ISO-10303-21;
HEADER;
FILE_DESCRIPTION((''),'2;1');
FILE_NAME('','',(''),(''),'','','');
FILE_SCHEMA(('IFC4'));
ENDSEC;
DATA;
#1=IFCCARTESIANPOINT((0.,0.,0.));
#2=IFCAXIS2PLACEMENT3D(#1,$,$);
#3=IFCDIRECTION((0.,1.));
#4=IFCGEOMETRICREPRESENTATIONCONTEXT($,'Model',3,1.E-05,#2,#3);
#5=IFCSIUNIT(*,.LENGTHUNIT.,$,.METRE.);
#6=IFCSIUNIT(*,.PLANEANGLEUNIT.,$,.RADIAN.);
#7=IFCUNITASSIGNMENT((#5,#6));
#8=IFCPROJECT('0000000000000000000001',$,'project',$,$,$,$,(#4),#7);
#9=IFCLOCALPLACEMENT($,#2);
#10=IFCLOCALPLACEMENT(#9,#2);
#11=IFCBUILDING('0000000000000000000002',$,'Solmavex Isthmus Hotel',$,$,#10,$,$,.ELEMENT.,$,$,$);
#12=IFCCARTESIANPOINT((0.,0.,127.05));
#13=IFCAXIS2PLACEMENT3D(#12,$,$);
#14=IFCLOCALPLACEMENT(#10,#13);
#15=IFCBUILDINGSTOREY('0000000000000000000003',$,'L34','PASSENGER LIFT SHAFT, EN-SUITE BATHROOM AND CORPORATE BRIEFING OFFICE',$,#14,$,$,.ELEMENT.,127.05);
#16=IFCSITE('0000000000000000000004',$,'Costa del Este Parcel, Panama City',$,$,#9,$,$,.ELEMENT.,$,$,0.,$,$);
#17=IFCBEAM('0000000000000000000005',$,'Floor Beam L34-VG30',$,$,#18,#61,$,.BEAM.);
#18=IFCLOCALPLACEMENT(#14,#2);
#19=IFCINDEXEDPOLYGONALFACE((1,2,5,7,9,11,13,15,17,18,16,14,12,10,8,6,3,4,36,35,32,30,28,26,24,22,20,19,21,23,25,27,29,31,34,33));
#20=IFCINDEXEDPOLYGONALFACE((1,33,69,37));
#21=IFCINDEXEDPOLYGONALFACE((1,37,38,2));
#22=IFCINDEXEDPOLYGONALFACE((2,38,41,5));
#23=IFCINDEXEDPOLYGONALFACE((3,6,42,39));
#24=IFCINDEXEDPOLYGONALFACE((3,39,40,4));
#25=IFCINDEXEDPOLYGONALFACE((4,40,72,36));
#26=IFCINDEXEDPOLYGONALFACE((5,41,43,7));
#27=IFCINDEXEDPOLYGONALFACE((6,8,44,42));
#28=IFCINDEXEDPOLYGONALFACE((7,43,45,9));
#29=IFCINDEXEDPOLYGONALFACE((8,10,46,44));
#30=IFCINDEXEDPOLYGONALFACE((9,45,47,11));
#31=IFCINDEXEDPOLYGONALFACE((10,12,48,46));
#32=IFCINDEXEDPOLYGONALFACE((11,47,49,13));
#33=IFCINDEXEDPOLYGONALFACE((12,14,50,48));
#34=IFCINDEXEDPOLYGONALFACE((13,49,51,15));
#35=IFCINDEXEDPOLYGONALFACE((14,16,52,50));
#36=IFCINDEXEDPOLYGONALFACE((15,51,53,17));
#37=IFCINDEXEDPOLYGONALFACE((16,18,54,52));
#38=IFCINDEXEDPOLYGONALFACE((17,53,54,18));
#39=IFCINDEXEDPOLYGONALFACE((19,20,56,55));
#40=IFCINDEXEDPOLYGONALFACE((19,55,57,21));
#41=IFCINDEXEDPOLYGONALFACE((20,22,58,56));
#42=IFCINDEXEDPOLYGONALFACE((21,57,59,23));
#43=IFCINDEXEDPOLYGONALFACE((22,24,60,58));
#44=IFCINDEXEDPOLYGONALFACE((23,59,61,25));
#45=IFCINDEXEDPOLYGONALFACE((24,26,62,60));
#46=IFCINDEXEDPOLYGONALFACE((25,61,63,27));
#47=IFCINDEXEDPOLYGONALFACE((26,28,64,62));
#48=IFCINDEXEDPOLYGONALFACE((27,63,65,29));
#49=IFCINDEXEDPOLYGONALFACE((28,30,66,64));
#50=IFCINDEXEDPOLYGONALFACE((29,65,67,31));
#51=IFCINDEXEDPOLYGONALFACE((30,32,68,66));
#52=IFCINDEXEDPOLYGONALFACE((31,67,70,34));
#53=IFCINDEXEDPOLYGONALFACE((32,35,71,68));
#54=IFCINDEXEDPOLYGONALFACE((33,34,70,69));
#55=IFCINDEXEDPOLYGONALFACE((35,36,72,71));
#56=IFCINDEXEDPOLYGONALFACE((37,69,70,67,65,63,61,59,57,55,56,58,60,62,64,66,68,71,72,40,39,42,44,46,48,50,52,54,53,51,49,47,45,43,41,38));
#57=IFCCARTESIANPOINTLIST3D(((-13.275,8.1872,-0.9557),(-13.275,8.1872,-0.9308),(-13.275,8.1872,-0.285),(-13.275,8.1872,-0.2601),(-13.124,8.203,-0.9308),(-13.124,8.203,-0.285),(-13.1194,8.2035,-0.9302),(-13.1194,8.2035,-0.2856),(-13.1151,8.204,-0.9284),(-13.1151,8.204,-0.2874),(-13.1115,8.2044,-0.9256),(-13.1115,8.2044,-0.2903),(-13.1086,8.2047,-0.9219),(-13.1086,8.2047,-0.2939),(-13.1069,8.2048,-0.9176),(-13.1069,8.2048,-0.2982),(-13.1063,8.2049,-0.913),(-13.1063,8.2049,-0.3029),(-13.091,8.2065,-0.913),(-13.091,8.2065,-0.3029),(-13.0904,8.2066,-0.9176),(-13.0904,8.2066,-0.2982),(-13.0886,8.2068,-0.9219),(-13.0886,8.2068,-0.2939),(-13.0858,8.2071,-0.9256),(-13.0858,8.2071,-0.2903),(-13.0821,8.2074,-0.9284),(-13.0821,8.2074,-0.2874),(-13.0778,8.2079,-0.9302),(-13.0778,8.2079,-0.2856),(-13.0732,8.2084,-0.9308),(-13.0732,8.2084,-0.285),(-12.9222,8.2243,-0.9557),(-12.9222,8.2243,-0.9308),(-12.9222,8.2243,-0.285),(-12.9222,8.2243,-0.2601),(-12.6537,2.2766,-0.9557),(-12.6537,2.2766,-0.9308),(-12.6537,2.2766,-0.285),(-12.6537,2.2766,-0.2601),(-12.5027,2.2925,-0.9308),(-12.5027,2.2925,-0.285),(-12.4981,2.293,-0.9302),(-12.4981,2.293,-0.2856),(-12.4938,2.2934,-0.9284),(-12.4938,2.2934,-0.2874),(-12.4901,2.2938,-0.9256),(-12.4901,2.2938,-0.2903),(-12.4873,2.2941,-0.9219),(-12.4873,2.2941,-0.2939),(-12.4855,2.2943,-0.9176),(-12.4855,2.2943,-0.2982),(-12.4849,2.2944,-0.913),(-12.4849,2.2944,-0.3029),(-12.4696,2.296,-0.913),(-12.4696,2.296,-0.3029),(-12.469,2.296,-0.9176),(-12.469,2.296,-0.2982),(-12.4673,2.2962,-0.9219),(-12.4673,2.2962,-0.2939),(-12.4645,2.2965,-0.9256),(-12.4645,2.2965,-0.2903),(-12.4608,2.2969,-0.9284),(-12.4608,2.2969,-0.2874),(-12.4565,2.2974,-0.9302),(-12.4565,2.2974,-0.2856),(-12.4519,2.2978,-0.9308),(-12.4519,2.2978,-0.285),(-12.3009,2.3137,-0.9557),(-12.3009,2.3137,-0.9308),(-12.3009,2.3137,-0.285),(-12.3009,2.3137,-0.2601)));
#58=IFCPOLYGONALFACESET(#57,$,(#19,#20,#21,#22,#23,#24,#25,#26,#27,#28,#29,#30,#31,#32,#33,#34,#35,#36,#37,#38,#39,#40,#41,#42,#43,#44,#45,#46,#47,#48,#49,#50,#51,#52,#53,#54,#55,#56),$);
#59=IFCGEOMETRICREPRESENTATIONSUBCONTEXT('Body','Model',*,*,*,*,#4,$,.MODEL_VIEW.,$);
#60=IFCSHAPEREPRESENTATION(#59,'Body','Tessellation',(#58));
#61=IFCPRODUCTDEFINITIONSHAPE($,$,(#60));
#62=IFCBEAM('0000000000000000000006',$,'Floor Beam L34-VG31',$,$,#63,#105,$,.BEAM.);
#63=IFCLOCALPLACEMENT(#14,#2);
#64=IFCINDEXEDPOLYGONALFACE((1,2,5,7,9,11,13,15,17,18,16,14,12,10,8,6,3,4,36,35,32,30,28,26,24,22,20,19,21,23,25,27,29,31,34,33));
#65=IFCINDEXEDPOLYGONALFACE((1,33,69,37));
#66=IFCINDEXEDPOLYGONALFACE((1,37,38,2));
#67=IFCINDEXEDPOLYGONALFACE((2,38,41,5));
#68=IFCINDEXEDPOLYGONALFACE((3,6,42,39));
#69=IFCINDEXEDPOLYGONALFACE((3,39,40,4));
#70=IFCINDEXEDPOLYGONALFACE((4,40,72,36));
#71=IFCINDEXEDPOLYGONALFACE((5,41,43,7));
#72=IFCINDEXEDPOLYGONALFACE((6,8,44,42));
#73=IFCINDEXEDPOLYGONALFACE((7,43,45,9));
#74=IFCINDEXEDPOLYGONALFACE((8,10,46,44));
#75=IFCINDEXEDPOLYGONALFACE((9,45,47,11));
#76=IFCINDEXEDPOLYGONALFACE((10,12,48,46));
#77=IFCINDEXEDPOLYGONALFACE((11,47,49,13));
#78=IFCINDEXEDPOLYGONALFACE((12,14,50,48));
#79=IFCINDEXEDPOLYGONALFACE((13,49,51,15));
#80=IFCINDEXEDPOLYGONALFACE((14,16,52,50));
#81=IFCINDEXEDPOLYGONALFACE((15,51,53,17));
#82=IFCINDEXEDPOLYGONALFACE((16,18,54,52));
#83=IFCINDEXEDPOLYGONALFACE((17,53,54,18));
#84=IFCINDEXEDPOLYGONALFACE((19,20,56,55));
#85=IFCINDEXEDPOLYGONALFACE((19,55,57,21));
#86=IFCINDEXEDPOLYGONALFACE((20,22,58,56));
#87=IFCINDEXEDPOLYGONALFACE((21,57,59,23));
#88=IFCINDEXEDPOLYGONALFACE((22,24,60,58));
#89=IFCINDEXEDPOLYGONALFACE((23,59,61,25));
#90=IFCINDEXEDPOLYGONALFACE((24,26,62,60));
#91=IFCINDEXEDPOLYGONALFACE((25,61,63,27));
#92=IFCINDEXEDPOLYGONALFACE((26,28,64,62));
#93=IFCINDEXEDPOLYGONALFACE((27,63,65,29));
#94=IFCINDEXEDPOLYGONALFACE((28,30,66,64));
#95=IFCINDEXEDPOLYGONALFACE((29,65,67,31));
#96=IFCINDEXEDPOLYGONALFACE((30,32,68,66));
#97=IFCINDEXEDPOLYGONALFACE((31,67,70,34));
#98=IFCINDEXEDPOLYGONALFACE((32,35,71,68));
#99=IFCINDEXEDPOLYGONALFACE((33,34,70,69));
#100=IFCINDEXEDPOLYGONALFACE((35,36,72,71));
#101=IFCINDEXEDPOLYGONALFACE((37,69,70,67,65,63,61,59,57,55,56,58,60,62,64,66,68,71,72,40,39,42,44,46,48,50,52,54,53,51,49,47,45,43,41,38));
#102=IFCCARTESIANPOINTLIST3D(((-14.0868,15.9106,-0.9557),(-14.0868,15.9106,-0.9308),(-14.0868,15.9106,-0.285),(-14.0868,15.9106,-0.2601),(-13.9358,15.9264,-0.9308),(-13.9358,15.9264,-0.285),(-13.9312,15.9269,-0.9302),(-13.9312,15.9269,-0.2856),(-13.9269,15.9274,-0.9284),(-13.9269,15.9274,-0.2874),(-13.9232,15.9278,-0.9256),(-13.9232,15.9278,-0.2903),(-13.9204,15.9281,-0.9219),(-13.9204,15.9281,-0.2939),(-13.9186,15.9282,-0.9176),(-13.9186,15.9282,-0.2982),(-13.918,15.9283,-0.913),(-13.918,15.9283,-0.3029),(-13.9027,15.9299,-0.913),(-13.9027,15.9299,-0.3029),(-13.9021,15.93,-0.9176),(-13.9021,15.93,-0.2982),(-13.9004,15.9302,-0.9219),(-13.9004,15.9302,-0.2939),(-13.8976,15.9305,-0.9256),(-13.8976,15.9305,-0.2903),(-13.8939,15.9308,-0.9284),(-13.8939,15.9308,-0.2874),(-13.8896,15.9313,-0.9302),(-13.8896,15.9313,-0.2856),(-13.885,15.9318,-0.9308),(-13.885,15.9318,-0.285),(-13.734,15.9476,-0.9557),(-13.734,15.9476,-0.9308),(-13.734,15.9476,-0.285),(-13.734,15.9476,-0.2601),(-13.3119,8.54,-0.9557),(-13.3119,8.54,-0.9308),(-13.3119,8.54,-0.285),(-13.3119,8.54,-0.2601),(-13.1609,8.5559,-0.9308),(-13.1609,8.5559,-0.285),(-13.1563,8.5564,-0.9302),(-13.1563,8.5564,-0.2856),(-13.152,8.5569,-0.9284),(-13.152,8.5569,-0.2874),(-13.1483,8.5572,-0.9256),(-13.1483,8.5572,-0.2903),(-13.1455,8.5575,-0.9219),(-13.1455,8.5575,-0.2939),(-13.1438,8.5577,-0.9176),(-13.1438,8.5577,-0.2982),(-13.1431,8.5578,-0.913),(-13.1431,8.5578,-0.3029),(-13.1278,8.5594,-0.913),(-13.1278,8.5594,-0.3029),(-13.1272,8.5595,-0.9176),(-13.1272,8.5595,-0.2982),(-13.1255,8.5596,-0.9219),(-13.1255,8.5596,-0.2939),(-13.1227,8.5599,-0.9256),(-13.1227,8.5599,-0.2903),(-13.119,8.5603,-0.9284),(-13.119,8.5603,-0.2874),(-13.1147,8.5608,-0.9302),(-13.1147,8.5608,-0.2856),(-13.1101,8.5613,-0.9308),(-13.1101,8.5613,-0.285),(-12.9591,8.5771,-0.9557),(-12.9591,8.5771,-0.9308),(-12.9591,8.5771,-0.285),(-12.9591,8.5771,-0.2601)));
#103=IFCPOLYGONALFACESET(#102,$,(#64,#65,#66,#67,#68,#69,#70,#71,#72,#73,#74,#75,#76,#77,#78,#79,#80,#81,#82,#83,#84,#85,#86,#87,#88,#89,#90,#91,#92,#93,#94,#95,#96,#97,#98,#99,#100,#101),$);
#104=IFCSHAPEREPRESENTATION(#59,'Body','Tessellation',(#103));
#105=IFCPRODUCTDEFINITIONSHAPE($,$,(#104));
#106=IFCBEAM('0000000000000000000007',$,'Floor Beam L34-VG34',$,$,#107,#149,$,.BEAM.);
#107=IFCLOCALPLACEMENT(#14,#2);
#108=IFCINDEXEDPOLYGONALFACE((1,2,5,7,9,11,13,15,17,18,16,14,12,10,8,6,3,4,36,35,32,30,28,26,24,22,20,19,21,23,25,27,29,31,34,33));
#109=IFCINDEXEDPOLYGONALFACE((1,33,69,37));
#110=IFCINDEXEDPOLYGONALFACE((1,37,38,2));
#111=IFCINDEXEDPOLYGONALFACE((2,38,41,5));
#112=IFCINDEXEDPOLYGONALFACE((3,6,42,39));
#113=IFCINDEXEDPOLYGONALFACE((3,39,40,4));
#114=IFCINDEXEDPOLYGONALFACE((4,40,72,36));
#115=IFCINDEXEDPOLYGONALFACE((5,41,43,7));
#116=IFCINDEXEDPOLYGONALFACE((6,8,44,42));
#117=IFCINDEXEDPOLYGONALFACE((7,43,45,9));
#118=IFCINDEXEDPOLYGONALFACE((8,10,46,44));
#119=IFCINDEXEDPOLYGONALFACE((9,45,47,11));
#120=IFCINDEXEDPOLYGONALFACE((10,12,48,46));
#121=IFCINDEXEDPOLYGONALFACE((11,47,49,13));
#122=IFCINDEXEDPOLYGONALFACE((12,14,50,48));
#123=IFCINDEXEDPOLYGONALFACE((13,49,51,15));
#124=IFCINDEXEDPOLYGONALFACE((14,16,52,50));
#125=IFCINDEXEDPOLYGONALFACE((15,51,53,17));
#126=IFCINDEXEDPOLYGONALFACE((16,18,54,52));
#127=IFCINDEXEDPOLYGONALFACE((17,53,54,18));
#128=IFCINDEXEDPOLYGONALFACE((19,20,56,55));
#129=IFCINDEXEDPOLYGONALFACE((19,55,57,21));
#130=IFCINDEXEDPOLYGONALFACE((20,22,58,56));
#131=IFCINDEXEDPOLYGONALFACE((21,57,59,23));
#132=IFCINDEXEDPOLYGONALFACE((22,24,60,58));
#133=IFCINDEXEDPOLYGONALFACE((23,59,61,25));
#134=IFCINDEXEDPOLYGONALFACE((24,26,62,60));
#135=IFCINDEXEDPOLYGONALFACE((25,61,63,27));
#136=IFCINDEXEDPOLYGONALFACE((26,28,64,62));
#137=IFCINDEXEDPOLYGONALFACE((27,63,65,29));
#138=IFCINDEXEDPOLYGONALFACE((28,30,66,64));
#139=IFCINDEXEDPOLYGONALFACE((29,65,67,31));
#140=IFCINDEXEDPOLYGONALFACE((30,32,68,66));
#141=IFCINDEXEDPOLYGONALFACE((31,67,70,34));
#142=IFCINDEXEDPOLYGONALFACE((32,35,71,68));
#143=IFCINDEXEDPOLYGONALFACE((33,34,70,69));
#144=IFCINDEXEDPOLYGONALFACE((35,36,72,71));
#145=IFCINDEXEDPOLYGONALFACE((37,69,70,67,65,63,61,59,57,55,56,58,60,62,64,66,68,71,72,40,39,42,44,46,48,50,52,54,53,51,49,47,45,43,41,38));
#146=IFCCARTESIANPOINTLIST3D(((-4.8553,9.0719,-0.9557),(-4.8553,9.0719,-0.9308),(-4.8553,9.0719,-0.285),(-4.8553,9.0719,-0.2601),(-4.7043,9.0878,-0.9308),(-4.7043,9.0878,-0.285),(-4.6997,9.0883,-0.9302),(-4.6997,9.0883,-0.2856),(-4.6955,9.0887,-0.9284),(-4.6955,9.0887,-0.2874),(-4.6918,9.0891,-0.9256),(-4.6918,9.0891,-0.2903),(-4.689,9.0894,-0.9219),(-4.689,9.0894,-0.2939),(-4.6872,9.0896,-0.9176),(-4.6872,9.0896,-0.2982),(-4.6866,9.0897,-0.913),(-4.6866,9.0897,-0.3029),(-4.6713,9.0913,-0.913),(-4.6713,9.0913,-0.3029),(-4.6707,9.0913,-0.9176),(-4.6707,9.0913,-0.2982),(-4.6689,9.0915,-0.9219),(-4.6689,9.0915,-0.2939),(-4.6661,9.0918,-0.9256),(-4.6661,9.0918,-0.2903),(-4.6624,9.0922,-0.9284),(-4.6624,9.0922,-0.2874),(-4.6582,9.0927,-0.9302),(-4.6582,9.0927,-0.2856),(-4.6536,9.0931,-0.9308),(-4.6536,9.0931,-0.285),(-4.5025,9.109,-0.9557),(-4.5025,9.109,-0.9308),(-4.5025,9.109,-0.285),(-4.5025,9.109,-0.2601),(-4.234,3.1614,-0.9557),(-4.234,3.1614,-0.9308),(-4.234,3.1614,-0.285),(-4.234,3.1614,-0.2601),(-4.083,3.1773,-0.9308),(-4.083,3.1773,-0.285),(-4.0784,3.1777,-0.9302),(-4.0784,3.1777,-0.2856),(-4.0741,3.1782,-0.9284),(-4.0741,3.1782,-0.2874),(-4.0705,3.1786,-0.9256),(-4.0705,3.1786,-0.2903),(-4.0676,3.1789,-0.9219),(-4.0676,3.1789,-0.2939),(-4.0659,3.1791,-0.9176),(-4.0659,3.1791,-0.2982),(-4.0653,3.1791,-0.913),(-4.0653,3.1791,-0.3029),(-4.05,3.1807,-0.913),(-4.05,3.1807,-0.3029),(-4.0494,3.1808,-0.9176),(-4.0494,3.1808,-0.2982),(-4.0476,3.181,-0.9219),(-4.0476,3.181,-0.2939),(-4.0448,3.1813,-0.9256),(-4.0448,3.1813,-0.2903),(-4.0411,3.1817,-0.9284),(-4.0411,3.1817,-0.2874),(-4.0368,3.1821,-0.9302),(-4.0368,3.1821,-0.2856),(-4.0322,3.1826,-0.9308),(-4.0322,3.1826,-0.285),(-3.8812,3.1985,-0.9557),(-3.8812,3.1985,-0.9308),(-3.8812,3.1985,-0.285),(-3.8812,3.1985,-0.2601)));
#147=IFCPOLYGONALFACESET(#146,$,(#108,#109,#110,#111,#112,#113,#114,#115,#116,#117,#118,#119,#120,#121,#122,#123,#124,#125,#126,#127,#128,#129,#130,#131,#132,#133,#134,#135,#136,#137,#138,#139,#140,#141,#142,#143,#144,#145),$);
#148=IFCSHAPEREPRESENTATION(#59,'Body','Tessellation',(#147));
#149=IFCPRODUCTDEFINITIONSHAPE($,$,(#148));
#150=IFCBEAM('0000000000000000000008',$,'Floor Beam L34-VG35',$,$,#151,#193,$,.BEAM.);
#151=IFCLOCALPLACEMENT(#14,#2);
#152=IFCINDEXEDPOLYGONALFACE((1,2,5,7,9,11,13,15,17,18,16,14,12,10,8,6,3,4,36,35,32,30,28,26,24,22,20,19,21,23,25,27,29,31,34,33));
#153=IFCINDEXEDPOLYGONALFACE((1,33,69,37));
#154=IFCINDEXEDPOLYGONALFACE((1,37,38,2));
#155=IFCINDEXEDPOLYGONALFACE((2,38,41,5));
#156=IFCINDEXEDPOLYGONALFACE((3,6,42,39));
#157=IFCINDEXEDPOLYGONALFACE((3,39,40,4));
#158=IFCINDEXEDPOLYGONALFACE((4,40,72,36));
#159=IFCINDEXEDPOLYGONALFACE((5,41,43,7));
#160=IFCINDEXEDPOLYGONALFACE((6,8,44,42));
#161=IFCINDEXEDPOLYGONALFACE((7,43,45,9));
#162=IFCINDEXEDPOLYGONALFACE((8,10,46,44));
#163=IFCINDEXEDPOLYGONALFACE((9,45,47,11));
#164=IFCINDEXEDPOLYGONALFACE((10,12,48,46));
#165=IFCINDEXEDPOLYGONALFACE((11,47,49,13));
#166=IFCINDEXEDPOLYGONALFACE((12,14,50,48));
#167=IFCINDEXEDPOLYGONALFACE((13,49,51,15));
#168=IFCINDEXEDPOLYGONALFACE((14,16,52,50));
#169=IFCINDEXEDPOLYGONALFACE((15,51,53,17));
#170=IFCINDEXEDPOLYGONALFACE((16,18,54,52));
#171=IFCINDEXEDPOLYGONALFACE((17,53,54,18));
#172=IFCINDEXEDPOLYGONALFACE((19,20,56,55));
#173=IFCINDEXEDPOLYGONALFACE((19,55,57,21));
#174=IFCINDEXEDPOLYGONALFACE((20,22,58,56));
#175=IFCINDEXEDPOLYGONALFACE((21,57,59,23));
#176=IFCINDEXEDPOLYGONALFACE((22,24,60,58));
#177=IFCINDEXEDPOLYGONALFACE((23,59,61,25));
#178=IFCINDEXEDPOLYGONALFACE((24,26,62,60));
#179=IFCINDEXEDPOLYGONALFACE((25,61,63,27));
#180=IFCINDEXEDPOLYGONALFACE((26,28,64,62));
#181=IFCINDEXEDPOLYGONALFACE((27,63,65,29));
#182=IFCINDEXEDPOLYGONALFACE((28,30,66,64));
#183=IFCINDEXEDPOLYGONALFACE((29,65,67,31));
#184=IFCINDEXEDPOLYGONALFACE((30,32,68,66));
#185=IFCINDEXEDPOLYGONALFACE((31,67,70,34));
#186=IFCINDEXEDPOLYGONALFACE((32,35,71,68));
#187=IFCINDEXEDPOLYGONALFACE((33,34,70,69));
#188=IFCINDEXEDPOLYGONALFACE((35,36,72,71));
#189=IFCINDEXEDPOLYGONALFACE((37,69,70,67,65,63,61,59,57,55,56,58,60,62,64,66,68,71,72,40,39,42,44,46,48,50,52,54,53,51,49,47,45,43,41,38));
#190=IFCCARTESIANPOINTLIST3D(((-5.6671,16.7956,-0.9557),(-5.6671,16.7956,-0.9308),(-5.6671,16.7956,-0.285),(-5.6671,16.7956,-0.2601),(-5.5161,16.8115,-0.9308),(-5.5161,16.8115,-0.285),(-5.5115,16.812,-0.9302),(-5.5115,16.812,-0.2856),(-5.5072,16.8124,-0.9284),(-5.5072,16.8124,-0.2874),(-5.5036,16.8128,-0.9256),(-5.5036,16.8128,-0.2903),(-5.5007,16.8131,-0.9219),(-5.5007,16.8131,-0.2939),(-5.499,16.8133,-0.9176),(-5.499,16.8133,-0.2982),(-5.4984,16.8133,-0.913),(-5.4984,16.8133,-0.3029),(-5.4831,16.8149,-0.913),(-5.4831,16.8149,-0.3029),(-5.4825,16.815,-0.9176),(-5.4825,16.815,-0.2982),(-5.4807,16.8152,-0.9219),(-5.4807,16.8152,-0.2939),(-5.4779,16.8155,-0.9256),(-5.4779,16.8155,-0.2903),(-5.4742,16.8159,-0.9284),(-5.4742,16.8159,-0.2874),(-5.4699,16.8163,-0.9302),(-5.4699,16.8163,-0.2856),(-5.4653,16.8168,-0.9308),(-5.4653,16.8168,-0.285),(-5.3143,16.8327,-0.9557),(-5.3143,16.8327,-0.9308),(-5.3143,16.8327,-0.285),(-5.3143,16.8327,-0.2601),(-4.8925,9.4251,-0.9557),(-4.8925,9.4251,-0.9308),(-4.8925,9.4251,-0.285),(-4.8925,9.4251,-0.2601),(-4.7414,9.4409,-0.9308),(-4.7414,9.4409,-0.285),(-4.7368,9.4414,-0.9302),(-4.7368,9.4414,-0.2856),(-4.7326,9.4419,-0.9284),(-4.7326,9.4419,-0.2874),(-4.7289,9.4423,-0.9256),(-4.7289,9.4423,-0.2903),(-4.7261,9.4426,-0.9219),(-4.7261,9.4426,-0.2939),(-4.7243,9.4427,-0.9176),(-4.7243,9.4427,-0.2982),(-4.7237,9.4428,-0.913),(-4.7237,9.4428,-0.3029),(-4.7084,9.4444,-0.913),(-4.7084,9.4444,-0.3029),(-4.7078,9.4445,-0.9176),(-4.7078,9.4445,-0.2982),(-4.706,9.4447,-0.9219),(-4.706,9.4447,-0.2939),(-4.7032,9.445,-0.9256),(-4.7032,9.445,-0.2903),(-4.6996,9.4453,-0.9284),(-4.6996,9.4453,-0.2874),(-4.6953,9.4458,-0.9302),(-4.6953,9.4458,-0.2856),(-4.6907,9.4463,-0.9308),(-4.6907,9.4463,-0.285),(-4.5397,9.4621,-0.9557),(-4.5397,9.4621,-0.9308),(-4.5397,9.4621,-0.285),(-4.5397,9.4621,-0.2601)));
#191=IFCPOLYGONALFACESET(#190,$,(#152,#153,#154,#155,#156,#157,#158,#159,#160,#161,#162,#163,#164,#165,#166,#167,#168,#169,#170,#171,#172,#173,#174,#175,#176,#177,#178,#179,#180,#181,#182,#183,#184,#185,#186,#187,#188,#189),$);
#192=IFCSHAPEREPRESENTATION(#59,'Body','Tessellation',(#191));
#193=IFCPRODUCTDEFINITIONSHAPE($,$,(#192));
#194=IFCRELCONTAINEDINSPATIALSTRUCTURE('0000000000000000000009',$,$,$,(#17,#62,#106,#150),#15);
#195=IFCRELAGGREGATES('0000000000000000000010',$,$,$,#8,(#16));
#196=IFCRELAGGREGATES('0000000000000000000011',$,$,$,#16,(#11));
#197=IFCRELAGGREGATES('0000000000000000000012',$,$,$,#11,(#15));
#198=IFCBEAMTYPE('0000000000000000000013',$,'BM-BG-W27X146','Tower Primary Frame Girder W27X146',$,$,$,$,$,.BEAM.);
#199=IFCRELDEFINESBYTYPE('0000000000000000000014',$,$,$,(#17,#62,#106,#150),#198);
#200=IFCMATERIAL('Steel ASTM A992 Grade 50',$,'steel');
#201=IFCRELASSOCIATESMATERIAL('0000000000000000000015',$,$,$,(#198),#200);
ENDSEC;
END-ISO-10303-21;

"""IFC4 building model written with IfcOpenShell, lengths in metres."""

from ifc_helpers import new_model, si_unit, direction, frame, origin, origin_2d, place, context, subcontext, project, spatial, i_section, extrude, material, material_profile, profile_set, type_object, element, save


model = new_model("IFC4")

# Units and contexts
model_context = context("Model", 3, precision=1e-05, world=origin(), true_north=direction((0.0, 1.0)))
body_context = subcontext(model_context, "Body", "Model", "MODEL_VIEW")
ifc_project = project(units=[si_unit("LENGTHUNIT", "METRE"), si_unit("PLANEANGLEUNIT", "RADIAN")], contexts=[model_context])

# Site, building, storey
site_placement = place(None, origin())
site = spatial("IfcSite", under=ifc_project, at=site_placement, Name="Costa del Este Parcel, Panama City", CompositionType="ELEMENT", RefElevation=0.0)
building_placement = place(site_placement, origin())
building = spatial("IfcBuilding", under=site, at=building_placement, Name="Solmavex Isthmus Hotel", CompositionType="ELEMENT")
storey_placement = place(building_placement, frame((0.0, 0.0, 127.05)))
storey = spatial("IfcBuildingStorey", under=building, at=storey_placement, Name="L34", Description="PASSENGER LIFT SHAFT, EN-SUITE BATHROOM AND CORPORATE BRIEFING OFFICE", CompositionType="ELEMENT", Elevation=127.05)

# Beams
ifc_material_1 = material(Name="Steel ASTM A992 Grade 50", Category="steel")
ifc_material_profile_1 = material_profile(ifc_material_1, i_section(OverallWidth=0.3547, OverallDepth=0.6956, WebThickness=0.0154, FlangeThickness=0.0249, FilletRadius=0.0178, at=origin_2d()), Name="W27X146")
ifc_profile_set_1 = profile_set([ifc_material_profile_1], Name="Steel ASTM A992 Grade 50")
beam_type_1 = type_object("IfcBeamType", Name="BM-BG-W27X146", Description="Tower Primary Frame Girder W27X146", PredefinedType="BEAM", material=ifc_profile_set_1)
beam_1_placement = place(storey_placement, frame((-12.4773, 2.2952, -0.6079), z_axis=(-0.104546, 0.99452, 0.0), x_axis=(-0.99452, -0.104546, 0.0)))
element("IfcBeam", 1, at=beam_1_placement, inside=storey, type_object=beam_type_1, Name="Floor Beam L34-VG30", PredefinedType="BEAM", context=body_context, shape_type="SweptSolid", body=[
    extrude(i_section(OverallWidth=0.3547, OverallDepth=0.6956, WebThickness=0.0154, FlangeThickness=0.0249, FilletRadius=0.0178, at=origin_2d()), origin(), (0.0, 0.0, 1.0), 5.9431),
])
beam_2_placement = place(storey_placement, frame((-13.1355, 8.5586, -0.6079), z_axis=(-0.104558, 0.994519, 0.0), x_axis=(-0.994519, -0.104558, 0.0)))
element("IfcBeam", 2, at=beam_2_placement, inside=storey, type_object=beam_type_1, Name="Floor Beam L34-VG31", PredefinedType="BEAM", context=body_context, shape_type="SweptSolid", body=[
    extrude(i_section(OverallWidth=0.3547, OverallDepth=0.6956, WebThickness=0.0154, FlangeThickness=0.0249, FilletRadius=0.0178, at=origin_2d()), origin(), (0.0, 0.0, 1.0), 7.4111),
])
beam_3_placement = place(storey_placement, frame((-4.0576, 3.1799, -0.6079), z_axis=(-0.104546, 0.99452, 0.0), x_axis=(-0.99452, -0.104546, 0.0)))
element("IfcBeam", 3, at=beam_3_placement, inside=storey, type_object=beam_type_1, Name="Floor Beam L34-VG34", PredefinedType="BEAM", context=body_context, shape_type="SweptSolid", body=[
    extrude(i_section(OverallWidth=0.3547, OverallDepth=0.6956, WebThickness=0.0154, FlangeThickness=0.0249, FilletRadius=0.0178, at=origin_2d()), origin(), (0.0, 0.0, 1.0), 5.9431),
])
beam_4_placement = place(storey_placement, frame((-4.7161, 9.4436, -0.6079), z_axis=(-0.104525, 0.994522, 0.0), x_axis=(-0.994522, -0.104525, 0.0)))
element("IfcBeam", 4, at=beam_4_placement, inside=storey, type_object=beam_type_1, Name="Floor Beam L34-VG35", PredefinedType="BEAM", context=body_context, shape_type="SweptSolid", body=[
    extrude(i_section(OverallWidth=0.3547, OverallDepth=0.6956, WebThickness=0.0154, FlangeThickness=0.0249, FilletRadius=0.0178, at=origin_2d()), origin(), (0.0, 0.0, 1.0), 7.4111),
])

save(model, "model.ifc")
